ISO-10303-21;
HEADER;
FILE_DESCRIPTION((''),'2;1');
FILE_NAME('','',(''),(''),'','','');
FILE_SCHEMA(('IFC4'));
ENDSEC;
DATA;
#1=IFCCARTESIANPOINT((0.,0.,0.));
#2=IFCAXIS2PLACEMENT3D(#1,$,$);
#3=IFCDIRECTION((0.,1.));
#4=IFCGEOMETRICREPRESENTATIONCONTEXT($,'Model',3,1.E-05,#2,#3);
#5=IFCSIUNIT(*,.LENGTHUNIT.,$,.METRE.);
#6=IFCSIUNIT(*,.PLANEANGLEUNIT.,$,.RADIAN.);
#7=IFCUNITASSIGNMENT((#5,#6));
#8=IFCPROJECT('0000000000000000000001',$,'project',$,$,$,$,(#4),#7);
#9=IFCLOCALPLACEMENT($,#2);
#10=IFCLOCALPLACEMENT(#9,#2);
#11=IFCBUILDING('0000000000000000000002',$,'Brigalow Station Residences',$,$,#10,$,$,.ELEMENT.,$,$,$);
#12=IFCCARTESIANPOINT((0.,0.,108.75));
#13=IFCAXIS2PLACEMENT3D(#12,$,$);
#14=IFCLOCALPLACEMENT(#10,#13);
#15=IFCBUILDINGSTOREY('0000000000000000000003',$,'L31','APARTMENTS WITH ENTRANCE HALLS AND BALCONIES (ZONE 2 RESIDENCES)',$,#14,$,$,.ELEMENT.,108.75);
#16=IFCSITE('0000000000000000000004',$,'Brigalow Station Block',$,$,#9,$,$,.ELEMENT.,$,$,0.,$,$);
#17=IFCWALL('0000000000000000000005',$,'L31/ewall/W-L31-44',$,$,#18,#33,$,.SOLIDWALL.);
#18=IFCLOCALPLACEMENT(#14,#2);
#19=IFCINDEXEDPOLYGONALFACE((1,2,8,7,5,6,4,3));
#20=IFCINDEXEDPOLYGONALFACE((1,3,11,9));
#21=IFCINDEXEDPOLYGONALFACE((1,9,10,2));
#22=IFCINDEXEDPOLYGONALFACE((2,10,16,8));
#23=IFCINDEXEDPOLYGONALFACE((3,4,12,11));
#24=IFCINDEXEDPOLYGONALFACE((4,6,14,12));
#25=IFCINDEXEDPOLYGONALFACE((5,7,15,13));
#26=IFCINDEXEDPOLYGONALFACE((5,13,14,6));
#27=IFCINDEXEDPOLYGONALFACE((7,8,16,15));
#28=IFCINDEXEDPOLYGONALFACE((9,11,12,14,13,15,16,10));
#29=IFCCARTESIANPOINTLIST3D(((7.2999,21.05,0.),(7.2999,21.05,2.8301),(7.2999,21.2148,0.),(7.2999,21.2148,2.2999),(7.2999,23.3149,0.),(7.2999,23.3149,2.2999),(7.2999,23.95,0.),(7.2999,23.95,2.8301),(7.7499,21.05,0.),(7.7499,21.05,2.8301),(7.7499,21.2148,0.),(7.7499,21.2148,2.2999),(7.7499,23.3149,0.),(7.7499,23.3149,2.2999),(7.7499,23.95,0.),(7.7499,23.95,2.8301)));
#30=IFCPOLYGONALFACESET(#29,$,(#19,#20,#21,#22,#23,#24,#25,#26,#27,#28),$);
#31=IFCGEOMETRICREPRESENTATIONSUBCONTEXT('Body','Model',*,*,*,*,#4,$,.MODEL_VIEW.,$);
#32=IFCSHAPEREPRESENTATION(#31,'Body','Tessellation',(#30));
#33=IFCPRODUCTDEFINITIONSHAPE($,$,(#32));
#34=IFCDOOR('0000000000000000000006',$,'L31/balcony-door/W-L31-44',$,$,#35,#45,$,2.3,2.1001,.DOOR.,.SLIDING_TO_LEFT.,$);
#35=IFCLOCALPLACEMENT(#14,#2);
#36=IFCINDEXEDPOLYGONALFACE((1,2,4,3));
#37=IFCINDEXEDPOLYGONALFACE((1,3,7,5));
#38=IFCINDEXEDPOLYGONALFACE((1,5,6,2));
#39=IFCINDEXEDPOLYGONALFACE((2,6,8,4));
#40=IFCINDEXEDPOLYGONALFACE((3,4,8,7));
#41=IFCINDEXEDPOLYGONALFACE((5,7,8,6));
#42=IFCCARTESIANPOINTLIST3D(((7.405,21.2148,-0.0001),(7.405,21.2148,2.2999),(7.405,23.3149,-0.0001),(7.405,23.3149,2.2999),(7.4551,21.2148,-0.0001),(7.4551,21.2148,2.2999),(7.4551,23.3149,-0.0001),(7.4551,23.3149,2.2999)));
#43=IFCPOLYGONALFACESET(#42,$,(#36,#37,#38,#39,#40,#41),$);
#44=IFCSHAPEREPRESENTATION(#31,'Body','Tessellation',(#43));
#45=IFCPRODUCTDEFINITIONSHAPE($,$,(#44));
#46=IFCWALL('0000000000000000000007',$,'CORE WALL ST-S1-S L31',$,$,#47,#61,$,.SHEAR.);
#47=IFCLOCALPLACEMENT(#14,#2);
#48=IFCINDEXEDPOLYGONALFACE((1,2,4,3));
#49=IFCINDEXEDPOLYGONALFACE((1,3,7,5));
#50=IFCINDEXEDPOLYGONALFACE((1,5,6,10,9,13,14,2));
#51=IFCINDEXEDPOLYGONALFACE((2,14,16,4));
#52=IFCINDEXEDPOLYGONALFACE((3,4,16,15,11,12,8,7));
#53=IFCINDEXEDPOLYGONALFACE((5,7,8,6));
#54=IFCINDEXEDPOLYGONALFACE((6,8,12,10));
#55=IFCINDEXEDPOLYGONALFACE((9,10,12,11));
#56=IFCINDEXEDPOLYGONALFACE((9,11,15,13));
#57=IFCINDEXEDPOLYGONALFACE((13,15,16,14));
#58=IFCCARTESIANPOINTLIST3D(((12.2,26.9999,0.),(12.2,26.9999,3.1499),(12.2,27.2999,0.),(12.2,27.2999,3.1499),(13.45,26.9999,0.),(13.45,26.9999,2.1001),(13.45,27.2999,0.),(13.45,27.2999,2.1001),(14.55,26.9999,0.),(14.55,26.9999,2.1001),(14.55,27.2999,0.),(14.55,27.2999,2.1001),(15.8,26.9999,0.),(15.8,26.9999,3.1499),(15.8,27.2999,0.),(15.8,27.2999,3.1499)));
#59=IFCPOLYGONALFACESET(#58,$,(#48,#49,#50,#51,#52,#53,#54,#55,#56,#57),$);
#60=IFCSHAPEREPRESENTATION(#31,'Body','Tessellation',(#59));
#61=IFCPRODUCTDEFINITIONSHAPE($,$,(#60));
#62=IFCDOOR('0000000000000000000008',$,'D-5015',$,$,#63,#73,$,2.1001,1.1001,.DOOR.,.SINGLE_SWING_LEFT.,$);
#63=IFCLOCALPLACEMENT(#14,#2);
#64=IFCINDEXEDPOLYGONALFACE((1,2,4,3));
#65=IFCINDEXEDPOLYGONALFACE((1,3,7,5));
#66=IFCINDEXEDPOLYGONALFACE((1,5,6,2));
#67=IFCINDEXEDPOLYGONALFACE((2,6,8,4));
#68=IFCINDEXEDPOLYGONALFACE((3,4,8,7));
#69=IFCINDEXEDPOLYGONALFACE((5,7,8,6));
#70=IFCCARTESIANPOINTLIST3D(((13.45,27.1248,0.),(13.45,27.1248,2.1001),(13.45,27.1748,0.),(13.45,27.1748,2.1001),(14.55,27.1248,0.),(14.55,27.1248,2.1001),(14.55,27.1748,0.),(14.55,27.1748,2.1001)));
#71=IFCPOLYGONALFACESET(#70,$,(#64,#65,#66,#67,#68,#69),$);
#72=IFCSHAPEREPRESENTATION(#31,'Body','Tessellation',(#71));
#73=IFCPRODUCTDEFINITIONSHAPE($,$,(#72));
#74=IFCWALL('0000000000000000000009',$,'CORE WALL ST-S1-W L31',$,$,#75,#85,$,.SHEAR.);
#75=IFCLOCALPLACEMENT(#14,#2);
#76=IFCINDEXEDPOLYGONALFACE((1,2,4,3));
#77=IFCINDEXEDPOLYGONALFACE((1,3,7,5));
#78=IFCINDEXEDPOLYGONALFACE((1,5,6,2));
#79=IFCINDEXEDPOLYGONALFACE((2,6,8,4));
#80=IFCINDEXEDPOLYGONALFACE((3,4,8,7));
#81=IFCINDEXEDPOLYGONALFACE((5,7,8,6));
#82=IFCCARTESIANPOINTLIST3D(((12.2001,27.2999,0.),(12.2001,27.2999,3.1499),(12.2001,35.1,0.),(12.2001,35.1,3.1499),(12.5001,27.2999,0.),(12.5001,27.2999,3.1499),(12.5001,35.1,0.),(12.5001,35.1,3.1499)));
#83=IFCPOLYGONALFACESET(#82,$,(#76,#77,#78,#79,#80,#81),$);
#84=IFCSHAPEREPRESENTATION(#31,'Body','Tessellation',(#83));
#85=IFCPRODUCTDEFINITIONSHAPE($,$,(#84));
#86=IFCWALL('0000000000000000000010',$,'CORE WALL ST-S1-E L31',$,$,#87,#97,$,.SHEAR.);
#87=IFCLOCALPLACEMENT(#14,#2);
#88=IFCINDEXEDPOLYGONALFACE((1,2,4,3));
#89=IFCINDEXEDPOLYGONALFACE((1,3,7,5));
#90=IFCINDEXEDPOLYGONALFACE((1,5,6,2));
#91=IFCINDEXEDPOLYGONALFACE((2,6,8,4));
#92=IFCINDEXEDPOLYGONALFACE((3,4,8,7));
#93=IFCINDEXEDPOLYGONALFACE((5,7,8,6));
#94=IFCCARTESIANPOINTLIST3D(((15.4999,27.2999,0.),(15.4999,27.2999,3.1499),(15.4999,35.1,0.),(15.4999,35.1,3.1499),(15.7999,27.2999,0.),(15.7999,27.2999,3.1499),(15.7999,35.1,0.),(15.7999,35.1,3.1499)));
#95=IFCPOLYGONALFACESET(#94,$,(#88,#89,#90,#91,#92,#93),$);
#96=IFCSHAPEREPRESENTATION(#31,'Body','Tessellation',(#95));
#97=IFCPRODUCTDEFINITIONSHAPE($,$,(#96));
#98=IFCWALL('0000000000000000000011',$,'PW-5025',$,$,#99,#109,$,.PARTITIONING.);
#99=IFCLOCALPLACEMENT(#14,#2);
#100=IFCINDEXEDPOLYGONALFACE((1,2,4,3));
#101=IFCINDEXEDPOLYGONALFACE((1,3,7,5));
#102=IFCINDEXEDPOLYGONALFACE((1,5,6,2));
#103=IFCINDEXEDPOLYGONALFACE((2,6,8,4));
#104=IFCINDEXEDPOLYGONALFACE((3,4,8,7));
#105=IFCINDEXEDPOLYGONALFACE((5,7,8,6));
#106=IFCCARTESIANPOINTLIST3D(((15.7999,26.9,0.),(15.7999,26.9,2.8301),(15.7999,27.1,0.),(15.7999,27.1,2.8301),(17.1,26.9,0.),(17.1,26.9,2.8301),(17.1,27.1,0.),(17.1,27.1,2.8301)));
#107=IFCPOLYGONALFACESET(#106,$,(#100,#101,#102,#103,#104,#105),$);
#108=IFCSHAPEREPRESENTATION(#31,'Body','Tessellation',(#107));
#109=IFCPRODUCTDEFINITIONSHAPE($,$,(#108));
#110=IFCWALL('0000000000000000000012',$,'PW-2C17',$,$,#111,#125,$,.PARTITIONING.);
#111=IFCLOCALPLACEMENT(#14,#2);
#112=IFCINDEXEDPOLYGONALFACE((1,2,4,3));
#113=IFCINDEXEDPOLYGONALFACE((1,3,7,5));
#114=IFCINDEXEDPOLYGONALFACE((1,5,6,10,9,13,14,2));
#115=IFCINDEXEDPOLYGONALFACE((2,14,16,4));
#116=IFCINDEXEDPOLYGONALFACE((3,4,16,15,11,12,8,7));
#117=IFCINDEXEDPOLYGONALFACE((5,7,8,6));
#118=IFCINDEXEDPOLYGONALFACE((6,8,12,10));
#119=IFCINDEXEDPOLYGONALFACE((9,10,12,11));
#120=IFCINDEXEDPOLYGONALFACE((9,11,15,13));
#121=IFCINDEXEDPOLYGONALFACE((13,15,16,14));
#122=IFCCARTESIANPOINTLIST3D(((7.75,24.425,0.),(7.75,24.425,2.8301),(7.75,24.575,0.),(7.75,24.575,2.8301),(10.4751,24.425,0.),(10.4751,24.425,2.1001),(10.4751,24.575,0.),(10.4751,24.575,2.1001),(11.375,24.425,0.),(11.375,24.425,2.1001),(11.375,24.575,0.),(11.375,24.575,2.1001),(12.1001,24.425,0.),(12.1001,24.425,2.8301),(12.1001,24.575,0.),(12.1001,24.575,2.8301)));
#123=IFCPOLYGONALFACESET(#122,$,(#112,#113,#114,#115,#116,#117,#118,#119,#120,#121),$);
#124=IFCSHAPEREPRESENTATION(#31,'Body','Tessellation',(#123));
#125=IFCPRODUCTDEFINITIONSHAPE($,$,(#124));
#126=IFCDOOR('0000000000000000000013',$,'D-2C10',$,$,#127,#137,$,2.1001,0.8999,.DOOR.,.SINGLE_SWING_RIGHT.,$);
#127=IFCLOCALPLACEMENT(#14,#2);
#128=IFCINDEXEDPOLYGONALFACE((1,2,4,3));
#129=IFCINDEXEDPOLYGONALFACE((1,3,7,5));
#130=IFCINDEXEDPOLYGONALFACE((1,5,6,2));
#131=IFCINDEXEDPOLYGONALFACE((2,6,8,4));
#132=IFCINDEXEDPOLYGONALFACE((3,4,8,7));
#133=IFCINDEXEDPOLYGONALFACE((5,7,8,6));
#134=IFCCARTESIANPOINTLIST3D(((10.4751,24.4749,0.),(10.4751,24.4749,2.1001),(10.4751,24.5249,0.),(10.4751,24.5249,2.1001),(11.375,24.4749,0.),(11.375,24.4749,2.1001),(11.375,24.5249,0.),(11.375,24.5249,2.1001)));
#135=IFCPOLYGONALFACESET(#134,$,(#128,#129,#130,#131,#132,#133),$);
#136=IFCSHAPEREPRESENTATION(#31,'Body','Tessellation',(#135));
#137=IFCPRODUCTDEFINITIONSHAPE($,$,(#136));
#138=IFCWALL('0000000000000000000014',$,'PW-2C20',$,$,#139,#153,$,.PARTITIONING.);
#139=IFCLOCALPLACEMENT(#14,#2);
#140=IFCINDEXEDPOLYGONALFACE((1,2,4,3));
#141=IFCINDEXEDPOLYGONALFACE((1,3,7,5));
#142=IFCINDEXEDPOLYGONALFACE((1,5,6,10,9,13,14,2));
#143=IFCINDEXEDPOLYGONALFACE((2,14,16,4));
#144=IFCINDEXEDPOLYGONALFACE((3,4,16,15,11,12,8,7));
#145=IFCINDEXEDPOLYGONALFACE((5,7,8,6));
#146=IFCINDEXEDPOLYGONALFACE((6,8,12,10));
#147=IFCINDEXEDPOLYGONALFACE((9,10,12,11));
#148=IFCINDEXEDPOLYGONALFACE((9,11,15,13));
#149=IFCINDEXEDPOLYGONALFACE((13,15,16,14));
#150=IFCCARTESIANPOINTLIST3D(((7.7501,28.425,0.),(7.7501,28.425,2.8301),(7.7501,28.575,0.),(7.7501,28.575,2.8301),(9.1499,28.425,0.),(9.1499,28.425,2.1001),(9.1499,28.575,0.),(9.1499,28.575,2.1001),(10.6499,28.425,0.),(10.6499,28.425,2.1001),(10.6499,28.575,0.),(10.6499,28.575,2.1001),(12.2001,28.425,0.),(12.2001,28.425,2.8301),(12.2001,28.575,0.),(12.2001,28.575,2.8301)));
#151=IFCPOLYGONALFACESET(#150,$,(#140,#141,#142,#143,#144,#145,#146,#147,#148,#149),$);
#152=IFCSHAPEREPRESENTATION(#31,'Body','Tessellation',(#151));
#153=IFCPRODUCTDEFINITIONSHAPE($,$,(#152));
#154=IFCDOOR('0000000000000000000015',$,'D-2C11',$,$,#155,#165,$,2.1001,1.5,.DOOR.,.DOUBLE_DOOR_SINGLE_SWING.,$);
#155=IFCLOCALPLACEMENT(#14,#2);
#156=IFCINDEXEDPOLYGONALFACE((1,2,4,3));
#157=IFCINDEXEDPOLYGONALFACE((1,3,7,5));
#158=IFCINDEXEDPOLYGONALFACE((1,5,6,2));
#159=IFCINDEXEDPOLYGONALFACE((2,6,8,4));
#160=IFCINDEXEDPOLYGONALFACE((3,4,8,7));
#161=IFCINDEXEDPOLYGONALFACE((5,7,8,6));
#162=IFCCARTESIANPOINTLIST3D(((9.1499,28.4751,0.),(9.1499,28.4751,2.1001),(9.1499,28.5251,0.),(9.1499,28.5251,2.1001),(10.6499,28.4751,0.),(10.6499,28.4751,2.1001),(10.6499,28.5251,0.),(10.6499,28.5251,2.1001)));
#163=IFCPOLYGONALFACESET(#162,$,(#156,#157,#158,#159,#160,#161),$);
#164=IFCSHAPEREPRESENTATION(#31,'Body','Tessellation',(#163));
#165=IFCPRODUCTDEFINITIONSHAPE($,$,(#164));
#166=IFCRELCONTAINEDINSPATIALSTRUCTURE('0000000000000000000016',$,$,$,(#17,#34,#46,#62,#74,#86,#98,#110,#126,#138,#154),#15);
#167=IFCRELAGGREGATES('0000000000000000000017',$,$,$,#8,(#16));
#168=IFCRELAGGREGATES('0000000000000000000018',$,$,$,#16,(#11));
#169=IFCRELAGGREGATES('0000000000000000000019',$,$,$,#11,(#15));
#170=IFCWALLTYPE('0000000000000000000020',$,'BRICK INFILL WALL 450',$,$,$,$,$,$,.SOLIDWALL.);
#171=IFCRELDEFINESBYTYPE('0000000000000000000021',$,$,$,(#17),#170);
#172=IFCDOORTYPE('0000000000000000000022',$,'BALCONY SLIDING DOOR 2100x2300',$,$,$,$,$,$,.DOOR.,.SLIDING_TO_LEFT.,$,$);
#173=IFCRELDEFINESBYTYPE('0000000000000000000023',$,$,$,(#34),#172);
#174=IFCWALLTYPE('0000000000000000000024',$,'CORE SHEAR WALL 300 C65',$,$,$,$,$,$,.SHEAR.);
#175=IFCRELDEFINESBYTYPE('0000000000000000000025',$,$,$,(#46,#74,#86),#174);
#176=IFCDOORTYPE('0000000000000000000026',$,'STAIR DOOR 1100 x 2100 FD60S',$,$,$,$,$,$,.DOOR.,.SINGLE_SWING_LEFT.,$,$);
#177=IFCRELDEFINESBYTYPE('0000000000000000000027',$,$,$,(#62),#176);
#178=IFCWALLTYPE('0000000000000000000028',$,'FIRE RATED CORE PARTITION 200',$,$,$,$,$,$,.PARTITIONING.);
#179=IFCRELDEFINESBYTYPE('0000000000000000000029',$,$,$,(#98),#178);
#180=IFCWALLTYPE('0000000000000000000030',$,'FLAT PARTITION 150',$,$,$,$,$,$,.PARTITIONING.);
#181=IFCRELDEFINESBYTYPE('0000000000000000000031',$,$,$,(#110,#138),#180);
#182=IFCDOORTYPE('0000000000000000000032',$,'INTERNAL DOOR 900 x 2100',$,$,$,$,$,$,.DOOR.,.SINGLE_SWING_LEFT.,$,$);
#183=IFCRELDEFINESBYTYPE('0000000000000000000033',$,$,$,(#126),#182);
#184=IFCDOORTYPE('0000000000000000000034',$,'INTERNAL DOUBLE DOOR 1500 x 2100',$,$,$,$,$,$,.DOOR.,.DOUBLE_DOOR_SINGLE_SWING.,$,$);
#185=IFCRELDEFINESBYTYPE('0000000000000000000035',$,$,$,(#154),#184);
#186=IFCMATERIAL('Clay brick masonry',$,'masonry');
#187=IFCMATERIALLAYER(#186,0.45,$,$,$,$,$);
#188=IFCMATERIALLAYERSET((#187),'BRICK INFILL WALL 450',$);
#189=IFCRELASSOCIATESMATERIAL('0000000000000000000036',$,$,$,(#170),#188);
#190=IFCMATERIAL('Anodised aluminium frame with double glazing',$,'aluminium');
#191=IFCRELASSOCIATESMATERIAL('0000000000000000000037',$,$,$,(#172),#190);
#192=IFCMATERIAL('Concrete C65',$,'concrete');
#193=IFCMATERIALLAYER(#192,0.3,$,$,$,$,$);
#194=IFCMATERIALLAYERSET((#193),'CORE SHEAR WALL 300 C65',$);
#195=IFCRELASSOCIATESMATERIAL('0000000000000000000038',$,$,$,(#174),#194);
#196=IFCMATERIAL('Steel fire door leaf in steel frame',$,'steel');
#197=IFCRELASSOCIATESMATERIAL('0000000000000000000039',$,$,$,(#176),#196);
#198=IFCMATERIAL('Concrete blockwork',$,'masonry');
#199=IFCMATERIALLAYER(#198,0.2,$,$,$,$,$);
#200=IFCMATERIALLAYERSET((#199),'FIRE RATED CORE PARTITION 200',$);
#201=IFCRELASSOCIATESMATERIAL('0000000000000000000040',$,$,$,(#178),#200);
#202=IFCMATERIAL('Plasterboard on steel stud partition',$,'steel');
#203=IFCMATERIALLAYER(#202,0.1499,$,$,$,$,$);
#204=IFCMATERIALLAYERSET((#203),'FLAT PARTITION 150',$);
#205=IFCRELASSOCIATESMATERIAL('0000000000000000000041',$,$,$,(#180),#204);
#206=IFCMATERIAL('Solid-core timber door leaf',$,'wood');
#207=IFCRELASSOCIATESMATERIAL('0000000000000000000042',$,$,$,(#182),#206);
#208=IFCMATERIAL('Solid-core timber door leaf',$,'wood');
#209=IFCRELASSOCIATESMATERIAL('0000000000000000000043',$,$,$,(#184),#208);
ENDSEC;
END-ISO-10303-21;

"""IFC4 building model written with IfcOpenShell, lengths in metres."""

from ifc_helpers import new_model, si_unit, direction, frame, frame_2d, origin, place, context, subcontext, project, spatial, rectangle, extrude, material, layer, layer_set, type_object, element, fill, save


model = new_model("IFC4")

# Units and contexts
model_context = context("Model", 3, precision=1e-05, world=origin(), true_north=direction((0.0, 1.0)))
body_context = subcontext(model_context, "Body", "Model", "MODEL_VIEW")
ifc_project = project(units=[si_unit("LENGTHUNIT", "METRE"), si_unit("PLANEANGLEUNIT", "RADIAN")], contexts=[model_context])

# Site, building, storey
site_placement = place(None, origin())
site = spatial("IfcSite", under=ifc_project, at=site_placement, Name="Brigalow Station Block", CompositionType="ELEMENT", RefElevation=0.0)
building_placement = place(site_placement, origin())
building = spatial("IfcBuilding", under=site, at=building_placement, Name="Brigalow Station Residences", CompositionType="ELEMENT")
storey_placement = place(building_placement, frame((0.0, 0.0, 108.75)))
storey = spatial("IfcBuildingStorey", under=building, at=storey_placement, Name="L31", Description="APARTMENTS WITH ENTRANCE HALLS AND BALCONIES (ZONE 2 RESIDENCES)", CompositionType="ELEMENT", Elevation=108.75)

# Shared definitions
ifc_material_1 = material(Name="Clay brick masonry", Category="masonry")
ifc_layer_1 = layer(ifc_material_1, 0.45)
ifc_layer_set_1 = layer_set([ifc_layer_1], Name="BRICK INFILL WALL 450")
wall_type_1 = type_object("IfcWallType", Name="BRICK INFILL WALL 450", PredefinedType="SOLIDWALL", material=ifc_layer_set_1)

# Walls, openings, doors
wall_1_placement = place(storey_placement, frame((7.5249, 23.95, 0.0), z_axis=(0.0, 0.0, 1.0), x_axis=(0.0, -1.0, 0.0)))
wall_1 = element("IfcWall", 1, at=wall_1_placement, inside=storey, type_object=wall_type_1, Name="L31/ewall/W-L31-44", PredefinedType="SOLIDWALL", context=body_context, shape_type="SweptSolid", body=[
    extrude(rectangle(XDim=2.8999, YDim=0.45, at=frame_2d((1.45, 0.0))), origin(), (0.0, 0.0, 1.0), 2.8301),
])
opening_1_placement = place(wall_1_placement, frame((0.635, 0.0, 0.0)))
opening_1 = element("IfcOpeningElement", 2, at=opening_1_placement, cuts=wall_1, PredefinedType="OPENING", context=body_context, shape_type="SweptSolid", body=[
    extrude(rectangle(XDim=2.1001, YDim=2.3, at=frame_2d((1.05, 1.1499))), frame((0.0, 0.2349, 0.0), z_axis=(0.0, -1.0, 0.0), x_axis=(1.0, 0.0, 0.0)), (0.0, 0.0, 1.0), 0.47),
])
ifc_material_2 = material(Name="Anodised aluminium frame with double glazing", Category="aluminium")
door_type_1 = type_object("IfcDoorType", Name="BALCONY SLIDING DOOR 2100x2300", OperationType="SLIDING_TO_LEFT", PredefinedType="DOOR", material=ifc_material_2)
door_1_placement = place(opening_1_placement, origin())
door_1 = element("IfcDoor", 3, at=door_1_placement, inside=storey, type_object=door_type_1, Name="L31/balcony-door/W-L31-44", OperationType="SLIDING_TO_LEFT", OverallHeight=2.3, OverallWidth=2.1001, PredefinedType="DOOR", context=body_context, shape_type="SweptSolid", body=[
    extrude(rectangle(XDim=2.1001, YDim=2.3, at=frame_2d((1.05, 1.1499))), frame((0.0, -0.0698, 0.0), z_axis=(0.0, -1.0, 0.0), x_axis=(1.0, 0.0, 0.0)), (0.0, 0.0, 1.0), 0.05),
])
fill(opening_1, door_1)
ifc_material_3 = material(Name="Concrete C65", Category="concrete")
ifc_layer_2 = layer(ifc_material_3, 0.3)
ifc_layer_set_2 = layer_set([ifc_layer_2], Name="CORE SHEAR WALL 300 C65")
wall_type_2 = type_object("IfcWallType", Name="CORE SHEAR WALL 300 C65", PredefinedType="SHEAR", material=ifc_layer_set_2)
wall_2_placement = place(storey_placement, frame((12.2, 27.1499, 0.0), z_axis=(0.0, 0.0, 1.0), x_axis=(1.0, 0.0, 0.0)))
wall_2 = element("IfcWall", 4, at=wall_2_placement, inside=storey, type_object=wall_type_2, Name="CORE WALL ST-S1-S L31", PredefinedType="SHEAR", context=body_context, shape_type="SweptSolid", body=[
    extrude(rectangle(XDim=3.6001, YDim=0.3, at=frame_2d((1.8, 0.0))), origin(), (0.0, 0.0, 1.0), 3.1499),
])
opening_2_placement = place(wall_2_placement, frame((1.25, 0.0, 0.0)))
opening_2 = element("IfcOpeningElement", 5, at=opening_2_placement, cuts=wall_2, PredefinedType="OPENING", context=body_context, shape_type="SweptSolid", body=[
    extrude(rectangle(XDim=1.1001, YDim=2.1001, at=frame_2d((0.55, 1.05))), frame((0.0, 0.1602, 0.0), z_axis=(0.0, -1.0, 0.0), x_axis=(1.0, 0.0, 0.0)), (0.0, 0.0, 1.0), 0.3201),
])
ifc_material_4 = material(Name="Steel fire door leaf in steel frame", Category="steel")
door_type_2 = type_object("IfcDoorType", Name="STAIR DOOR 1100 x 2100 FD60S", OperationType="SINGLE_SWING_LEFT", PredefinedType="DOOR", material=ifc_material_4)
door_2_placement = place(opening_2_placement, origin())
door_2 = element("IfcDoor", 6, at=door_2_placement, inside=storey, type_object=door_type_2, Name="D-5015", OperationType="SINGLE_SWING_LEFT", OverallHeight=2.1001, OverallWidth=1.1001, PredefinedType="DOOR", context=body_context, shape_type="SweptSolid", body=[
    extrude(rectangle(XDim=1.1001, YDim=2.1001, at=frame_2d((0.55, 1.05))), frame((0.0, 0.0249, 0.0), z_axis=(0.0, -1.0, 0.0), x_axis=(1.0, 0.0, 0.0)), (0.0, 0.0, 1.0), 0.05),
])
fill(opening_2, door_2)

# Walls
for number, where, z_axis, x_axis, name in (
    (7, (12.3501, 27.3, 0.0), (0.0, 0.0, 1.0), (0.0, 1.0, 0.0), "CORE WALL ST-S1-W L31"),
    (8, (15.6499, 27.3, 0.0), (0.0, 0.0, 1.0), (0.0, 1.0, 0.0), "CORE WALL ST-S1-E L31"),
):
    element("IfcWall", number, at=place(storey_placement, frame(where, z_axis=z_axis, x_axis=x_axis)), inside=storey, type_object=wall_type_2, Name=name, PredefinedType="SHEAR", context=body_context, shape_type="SweptSolid", body=[
        extrude(rectangle(XDim=7.8, YDim=0.3, at=frame_2d((3.8999, 0.0))), origin(), (0.0, 0.0, 1.0), 3.1499),
    ])
ifc_material_5 = material(Name="Concrete blockwork", Category="masonry")
ifc_layer_3 = layer(ifc_material_5, 0.2)
ifc_layer_set_3 = layer_set([ifc_layer_3], Name="FIRE RATED CORE PARTITION 200")
wall_type_3 = type_object("IfcWallType", Name="FIRE RATED CORE PARTITION 200", PredefinedType="PARTITIONING", material=ifc_layer_set_3)
wall_3_placement = place(storey_placement, frame((15.8, 27.0, 0.0), z_axis=(0.0, 0.0, 1.0), x_axis=(1.0, 0.0, 0.0)))
element("IfcWall", 9, at=wall_3_placement, inside=storey, type_object=wall_type_3, Name="PW-5025", PredefinedType="PARTITIONING", context=body_context, shape_type="SweptSolid", body=[
    extrude(rectangle(XDim=1.3, YDim=0.2, at=frame_2d((0.6499, 0.0))), origin(), (0.0, 0.0, 1.0), 2.8301),
])

# Walls, openings, doors
ifc_material_6 = material(Name="Plasterboard on steel stud partition", Category="steel")
ifc_layer_4 = layer(ifc_material_6, 0.1499)
ifc_layer_set_4 = layer_set([ifc_layer_4], Name="FLAT PARTITION 150")
wall_type_4 = type_object("IfcWallType", Name="FLAT PARTITION 150", PredefinedType="PARTITIONING", material=ifc_layer_set_4)
wall_4_placement = place(storey_placement, frame((7.75, 24.5, 0.0), z_axis=(0.0, 0.0, 1.0), x_axis=(1.0, 0.0, 0.0)))
wall_4 = element("IfcWall", 10, at=wall_4_placement, inside=storey, type_object=wall_type_4, Name="PW-2C17", PredefinedType="PARTITIONING", context=body_context, shape_type="SweptSolid", body=[
    extrude(rectangle(XDim=4.3501, YDim=0.1499, at=frame_2d((2.175, 0.0))), origin(), (0.0, 0.0, 1.0), 2.8301),
])
opening_3_placement = place(wall_4_placement, frame((2.7251, 0.0, 0.0)))
opening_3 = element("IfcOpeningElement", 11, at=opening_3_placement, cuts=wall_4, PredefinedType="OPENING", context=body_context, shape_type="SweptSolid", body=[
    extrude(rectangle(XDim=0.8999, YDim=2.1001, at=frame_2d((0.45, 1.05))), frame((0.0, 0.085, 0.0), z_axis=(0.0, -1.0, 0.0), x_axis=(1.0, 0.0, 0.0)), (0.0, 0.0, 1.0), 0.1699),
])
ifc_material_7 = material(Name="Solid-core timber door leaf", Category="wood")
door_type_3 = type_object("IfcDoorType", Name="INTERNAL DOOR 900 x 2100", OperationType="SINGLE_SWING_LEFT", PredefinedType="DOOR", material=ifc_material_7)
door_3_placement = place(opening_3_placement, origin())
door_3 = element("IfcDoor", 12, at=door_3_placement, inside=storey, type_object=door_type_3, Name="D-2C10", OperationType="SINGLE_SWING_RIGHT", OverallHeight=2.1001, OverallWidth=0.8999, PredefinedType="DOOR", context=body_context, shape_type="SweptSolid", body=[
    extrude(rectangle(XDim=0.8999, YDim=2.1001, at=frame_2d((0.45, 1.05))), frame((0.0, 0.0249, 0.0), z_axis=(0.0, -1.0, 0.0), x_axis=(1.0, 0.0, 0.0)), (0.0, 0.0, 1.0), 0.05),
])
fill(opening_3, door_3)
wall_5_placement = place(storey_placement, frame((7.75, 28.5, 0.0), z_axis=(0.0, 0.0, 1.0), x_axis=(1.0, 0.0, 0.0)))
wall_5 = element("IfcWall", 13, at=wall_5_placement, inside=storey, type_object=wall_type_4, Name="PW-2C20", PredefinedType="PARTITIONING", context=body_context, shape_type="SweptSolid", body=[
    extrude(rectangle(XDim=4.45, YDim=0.1499, at=frame_2d((2.2251, 0.0))), origin(), (0.0, 0.0, 1.0), 2.8301),
])
opening_4_placement = place(wall_5_placement, frame((1.3999, 0.0, 0.0)))
opening_4 = element("IfcOpeningElement", 14, at=opening_4_placement, cuts=wall_5, PredefinedType="OPENING", context=body_context, shape_type="SweptSolid", body=[
    extrude(rectangle(XDim=1.5, YDim=2.1001, at=frame_2d((0.75, 1.05))), frame((0.0, 0.085, 0.0), z_axis=(0.0, -1.0, 0.0), x_axis=(1.0, 0.0, 0.0)), (0.0, 0.0, 1.0), 0.1699),
])
ifc_material_8 = material(Name="Solid-core timber door leaf", Category="wood")
door_type_4 = type_object("IfcDoorType", Name="INTERNAL DOUBLE DOOR 1500 x 2100", OperationType="DOUBLE_DOOR_SINGLE_SWING", PredefinedType="DOOR", material=ifc_material_8)
door_4_placement = place(opening_4_placement, frame((1.5, 0.0, 0.0), z_axis=(0.0, 0.0, 1.0), x_axis=(-1.0, 0.0, 0.0)))
door_4 = element("IfcDoor", 15, at=door_4_placement, inside=storey, type_object=door_type_4, Name="D-2C11", OperationType="DOUBLE_DOOR_SINGLE_SWING", OverallHeight=2.1001, OverallWidth=1.5, PredefinedType="DOOR", context=body_context, shape_type="SweptSolid", body=[
    extrude(rectangle(XDim=1.5, YDim=2.1001, at=frame_2d((0.75, 1.05))), frame((0.0, 0.0249, 0.0), z_axis=(0.0, -1.0, 0.0), x_axis=(1.0, 0.0, 0.0)), (0.0, 0.0, 1.0), 0.05),
])
fill(opening_4, door_4)

save(model, "model.ifc")
